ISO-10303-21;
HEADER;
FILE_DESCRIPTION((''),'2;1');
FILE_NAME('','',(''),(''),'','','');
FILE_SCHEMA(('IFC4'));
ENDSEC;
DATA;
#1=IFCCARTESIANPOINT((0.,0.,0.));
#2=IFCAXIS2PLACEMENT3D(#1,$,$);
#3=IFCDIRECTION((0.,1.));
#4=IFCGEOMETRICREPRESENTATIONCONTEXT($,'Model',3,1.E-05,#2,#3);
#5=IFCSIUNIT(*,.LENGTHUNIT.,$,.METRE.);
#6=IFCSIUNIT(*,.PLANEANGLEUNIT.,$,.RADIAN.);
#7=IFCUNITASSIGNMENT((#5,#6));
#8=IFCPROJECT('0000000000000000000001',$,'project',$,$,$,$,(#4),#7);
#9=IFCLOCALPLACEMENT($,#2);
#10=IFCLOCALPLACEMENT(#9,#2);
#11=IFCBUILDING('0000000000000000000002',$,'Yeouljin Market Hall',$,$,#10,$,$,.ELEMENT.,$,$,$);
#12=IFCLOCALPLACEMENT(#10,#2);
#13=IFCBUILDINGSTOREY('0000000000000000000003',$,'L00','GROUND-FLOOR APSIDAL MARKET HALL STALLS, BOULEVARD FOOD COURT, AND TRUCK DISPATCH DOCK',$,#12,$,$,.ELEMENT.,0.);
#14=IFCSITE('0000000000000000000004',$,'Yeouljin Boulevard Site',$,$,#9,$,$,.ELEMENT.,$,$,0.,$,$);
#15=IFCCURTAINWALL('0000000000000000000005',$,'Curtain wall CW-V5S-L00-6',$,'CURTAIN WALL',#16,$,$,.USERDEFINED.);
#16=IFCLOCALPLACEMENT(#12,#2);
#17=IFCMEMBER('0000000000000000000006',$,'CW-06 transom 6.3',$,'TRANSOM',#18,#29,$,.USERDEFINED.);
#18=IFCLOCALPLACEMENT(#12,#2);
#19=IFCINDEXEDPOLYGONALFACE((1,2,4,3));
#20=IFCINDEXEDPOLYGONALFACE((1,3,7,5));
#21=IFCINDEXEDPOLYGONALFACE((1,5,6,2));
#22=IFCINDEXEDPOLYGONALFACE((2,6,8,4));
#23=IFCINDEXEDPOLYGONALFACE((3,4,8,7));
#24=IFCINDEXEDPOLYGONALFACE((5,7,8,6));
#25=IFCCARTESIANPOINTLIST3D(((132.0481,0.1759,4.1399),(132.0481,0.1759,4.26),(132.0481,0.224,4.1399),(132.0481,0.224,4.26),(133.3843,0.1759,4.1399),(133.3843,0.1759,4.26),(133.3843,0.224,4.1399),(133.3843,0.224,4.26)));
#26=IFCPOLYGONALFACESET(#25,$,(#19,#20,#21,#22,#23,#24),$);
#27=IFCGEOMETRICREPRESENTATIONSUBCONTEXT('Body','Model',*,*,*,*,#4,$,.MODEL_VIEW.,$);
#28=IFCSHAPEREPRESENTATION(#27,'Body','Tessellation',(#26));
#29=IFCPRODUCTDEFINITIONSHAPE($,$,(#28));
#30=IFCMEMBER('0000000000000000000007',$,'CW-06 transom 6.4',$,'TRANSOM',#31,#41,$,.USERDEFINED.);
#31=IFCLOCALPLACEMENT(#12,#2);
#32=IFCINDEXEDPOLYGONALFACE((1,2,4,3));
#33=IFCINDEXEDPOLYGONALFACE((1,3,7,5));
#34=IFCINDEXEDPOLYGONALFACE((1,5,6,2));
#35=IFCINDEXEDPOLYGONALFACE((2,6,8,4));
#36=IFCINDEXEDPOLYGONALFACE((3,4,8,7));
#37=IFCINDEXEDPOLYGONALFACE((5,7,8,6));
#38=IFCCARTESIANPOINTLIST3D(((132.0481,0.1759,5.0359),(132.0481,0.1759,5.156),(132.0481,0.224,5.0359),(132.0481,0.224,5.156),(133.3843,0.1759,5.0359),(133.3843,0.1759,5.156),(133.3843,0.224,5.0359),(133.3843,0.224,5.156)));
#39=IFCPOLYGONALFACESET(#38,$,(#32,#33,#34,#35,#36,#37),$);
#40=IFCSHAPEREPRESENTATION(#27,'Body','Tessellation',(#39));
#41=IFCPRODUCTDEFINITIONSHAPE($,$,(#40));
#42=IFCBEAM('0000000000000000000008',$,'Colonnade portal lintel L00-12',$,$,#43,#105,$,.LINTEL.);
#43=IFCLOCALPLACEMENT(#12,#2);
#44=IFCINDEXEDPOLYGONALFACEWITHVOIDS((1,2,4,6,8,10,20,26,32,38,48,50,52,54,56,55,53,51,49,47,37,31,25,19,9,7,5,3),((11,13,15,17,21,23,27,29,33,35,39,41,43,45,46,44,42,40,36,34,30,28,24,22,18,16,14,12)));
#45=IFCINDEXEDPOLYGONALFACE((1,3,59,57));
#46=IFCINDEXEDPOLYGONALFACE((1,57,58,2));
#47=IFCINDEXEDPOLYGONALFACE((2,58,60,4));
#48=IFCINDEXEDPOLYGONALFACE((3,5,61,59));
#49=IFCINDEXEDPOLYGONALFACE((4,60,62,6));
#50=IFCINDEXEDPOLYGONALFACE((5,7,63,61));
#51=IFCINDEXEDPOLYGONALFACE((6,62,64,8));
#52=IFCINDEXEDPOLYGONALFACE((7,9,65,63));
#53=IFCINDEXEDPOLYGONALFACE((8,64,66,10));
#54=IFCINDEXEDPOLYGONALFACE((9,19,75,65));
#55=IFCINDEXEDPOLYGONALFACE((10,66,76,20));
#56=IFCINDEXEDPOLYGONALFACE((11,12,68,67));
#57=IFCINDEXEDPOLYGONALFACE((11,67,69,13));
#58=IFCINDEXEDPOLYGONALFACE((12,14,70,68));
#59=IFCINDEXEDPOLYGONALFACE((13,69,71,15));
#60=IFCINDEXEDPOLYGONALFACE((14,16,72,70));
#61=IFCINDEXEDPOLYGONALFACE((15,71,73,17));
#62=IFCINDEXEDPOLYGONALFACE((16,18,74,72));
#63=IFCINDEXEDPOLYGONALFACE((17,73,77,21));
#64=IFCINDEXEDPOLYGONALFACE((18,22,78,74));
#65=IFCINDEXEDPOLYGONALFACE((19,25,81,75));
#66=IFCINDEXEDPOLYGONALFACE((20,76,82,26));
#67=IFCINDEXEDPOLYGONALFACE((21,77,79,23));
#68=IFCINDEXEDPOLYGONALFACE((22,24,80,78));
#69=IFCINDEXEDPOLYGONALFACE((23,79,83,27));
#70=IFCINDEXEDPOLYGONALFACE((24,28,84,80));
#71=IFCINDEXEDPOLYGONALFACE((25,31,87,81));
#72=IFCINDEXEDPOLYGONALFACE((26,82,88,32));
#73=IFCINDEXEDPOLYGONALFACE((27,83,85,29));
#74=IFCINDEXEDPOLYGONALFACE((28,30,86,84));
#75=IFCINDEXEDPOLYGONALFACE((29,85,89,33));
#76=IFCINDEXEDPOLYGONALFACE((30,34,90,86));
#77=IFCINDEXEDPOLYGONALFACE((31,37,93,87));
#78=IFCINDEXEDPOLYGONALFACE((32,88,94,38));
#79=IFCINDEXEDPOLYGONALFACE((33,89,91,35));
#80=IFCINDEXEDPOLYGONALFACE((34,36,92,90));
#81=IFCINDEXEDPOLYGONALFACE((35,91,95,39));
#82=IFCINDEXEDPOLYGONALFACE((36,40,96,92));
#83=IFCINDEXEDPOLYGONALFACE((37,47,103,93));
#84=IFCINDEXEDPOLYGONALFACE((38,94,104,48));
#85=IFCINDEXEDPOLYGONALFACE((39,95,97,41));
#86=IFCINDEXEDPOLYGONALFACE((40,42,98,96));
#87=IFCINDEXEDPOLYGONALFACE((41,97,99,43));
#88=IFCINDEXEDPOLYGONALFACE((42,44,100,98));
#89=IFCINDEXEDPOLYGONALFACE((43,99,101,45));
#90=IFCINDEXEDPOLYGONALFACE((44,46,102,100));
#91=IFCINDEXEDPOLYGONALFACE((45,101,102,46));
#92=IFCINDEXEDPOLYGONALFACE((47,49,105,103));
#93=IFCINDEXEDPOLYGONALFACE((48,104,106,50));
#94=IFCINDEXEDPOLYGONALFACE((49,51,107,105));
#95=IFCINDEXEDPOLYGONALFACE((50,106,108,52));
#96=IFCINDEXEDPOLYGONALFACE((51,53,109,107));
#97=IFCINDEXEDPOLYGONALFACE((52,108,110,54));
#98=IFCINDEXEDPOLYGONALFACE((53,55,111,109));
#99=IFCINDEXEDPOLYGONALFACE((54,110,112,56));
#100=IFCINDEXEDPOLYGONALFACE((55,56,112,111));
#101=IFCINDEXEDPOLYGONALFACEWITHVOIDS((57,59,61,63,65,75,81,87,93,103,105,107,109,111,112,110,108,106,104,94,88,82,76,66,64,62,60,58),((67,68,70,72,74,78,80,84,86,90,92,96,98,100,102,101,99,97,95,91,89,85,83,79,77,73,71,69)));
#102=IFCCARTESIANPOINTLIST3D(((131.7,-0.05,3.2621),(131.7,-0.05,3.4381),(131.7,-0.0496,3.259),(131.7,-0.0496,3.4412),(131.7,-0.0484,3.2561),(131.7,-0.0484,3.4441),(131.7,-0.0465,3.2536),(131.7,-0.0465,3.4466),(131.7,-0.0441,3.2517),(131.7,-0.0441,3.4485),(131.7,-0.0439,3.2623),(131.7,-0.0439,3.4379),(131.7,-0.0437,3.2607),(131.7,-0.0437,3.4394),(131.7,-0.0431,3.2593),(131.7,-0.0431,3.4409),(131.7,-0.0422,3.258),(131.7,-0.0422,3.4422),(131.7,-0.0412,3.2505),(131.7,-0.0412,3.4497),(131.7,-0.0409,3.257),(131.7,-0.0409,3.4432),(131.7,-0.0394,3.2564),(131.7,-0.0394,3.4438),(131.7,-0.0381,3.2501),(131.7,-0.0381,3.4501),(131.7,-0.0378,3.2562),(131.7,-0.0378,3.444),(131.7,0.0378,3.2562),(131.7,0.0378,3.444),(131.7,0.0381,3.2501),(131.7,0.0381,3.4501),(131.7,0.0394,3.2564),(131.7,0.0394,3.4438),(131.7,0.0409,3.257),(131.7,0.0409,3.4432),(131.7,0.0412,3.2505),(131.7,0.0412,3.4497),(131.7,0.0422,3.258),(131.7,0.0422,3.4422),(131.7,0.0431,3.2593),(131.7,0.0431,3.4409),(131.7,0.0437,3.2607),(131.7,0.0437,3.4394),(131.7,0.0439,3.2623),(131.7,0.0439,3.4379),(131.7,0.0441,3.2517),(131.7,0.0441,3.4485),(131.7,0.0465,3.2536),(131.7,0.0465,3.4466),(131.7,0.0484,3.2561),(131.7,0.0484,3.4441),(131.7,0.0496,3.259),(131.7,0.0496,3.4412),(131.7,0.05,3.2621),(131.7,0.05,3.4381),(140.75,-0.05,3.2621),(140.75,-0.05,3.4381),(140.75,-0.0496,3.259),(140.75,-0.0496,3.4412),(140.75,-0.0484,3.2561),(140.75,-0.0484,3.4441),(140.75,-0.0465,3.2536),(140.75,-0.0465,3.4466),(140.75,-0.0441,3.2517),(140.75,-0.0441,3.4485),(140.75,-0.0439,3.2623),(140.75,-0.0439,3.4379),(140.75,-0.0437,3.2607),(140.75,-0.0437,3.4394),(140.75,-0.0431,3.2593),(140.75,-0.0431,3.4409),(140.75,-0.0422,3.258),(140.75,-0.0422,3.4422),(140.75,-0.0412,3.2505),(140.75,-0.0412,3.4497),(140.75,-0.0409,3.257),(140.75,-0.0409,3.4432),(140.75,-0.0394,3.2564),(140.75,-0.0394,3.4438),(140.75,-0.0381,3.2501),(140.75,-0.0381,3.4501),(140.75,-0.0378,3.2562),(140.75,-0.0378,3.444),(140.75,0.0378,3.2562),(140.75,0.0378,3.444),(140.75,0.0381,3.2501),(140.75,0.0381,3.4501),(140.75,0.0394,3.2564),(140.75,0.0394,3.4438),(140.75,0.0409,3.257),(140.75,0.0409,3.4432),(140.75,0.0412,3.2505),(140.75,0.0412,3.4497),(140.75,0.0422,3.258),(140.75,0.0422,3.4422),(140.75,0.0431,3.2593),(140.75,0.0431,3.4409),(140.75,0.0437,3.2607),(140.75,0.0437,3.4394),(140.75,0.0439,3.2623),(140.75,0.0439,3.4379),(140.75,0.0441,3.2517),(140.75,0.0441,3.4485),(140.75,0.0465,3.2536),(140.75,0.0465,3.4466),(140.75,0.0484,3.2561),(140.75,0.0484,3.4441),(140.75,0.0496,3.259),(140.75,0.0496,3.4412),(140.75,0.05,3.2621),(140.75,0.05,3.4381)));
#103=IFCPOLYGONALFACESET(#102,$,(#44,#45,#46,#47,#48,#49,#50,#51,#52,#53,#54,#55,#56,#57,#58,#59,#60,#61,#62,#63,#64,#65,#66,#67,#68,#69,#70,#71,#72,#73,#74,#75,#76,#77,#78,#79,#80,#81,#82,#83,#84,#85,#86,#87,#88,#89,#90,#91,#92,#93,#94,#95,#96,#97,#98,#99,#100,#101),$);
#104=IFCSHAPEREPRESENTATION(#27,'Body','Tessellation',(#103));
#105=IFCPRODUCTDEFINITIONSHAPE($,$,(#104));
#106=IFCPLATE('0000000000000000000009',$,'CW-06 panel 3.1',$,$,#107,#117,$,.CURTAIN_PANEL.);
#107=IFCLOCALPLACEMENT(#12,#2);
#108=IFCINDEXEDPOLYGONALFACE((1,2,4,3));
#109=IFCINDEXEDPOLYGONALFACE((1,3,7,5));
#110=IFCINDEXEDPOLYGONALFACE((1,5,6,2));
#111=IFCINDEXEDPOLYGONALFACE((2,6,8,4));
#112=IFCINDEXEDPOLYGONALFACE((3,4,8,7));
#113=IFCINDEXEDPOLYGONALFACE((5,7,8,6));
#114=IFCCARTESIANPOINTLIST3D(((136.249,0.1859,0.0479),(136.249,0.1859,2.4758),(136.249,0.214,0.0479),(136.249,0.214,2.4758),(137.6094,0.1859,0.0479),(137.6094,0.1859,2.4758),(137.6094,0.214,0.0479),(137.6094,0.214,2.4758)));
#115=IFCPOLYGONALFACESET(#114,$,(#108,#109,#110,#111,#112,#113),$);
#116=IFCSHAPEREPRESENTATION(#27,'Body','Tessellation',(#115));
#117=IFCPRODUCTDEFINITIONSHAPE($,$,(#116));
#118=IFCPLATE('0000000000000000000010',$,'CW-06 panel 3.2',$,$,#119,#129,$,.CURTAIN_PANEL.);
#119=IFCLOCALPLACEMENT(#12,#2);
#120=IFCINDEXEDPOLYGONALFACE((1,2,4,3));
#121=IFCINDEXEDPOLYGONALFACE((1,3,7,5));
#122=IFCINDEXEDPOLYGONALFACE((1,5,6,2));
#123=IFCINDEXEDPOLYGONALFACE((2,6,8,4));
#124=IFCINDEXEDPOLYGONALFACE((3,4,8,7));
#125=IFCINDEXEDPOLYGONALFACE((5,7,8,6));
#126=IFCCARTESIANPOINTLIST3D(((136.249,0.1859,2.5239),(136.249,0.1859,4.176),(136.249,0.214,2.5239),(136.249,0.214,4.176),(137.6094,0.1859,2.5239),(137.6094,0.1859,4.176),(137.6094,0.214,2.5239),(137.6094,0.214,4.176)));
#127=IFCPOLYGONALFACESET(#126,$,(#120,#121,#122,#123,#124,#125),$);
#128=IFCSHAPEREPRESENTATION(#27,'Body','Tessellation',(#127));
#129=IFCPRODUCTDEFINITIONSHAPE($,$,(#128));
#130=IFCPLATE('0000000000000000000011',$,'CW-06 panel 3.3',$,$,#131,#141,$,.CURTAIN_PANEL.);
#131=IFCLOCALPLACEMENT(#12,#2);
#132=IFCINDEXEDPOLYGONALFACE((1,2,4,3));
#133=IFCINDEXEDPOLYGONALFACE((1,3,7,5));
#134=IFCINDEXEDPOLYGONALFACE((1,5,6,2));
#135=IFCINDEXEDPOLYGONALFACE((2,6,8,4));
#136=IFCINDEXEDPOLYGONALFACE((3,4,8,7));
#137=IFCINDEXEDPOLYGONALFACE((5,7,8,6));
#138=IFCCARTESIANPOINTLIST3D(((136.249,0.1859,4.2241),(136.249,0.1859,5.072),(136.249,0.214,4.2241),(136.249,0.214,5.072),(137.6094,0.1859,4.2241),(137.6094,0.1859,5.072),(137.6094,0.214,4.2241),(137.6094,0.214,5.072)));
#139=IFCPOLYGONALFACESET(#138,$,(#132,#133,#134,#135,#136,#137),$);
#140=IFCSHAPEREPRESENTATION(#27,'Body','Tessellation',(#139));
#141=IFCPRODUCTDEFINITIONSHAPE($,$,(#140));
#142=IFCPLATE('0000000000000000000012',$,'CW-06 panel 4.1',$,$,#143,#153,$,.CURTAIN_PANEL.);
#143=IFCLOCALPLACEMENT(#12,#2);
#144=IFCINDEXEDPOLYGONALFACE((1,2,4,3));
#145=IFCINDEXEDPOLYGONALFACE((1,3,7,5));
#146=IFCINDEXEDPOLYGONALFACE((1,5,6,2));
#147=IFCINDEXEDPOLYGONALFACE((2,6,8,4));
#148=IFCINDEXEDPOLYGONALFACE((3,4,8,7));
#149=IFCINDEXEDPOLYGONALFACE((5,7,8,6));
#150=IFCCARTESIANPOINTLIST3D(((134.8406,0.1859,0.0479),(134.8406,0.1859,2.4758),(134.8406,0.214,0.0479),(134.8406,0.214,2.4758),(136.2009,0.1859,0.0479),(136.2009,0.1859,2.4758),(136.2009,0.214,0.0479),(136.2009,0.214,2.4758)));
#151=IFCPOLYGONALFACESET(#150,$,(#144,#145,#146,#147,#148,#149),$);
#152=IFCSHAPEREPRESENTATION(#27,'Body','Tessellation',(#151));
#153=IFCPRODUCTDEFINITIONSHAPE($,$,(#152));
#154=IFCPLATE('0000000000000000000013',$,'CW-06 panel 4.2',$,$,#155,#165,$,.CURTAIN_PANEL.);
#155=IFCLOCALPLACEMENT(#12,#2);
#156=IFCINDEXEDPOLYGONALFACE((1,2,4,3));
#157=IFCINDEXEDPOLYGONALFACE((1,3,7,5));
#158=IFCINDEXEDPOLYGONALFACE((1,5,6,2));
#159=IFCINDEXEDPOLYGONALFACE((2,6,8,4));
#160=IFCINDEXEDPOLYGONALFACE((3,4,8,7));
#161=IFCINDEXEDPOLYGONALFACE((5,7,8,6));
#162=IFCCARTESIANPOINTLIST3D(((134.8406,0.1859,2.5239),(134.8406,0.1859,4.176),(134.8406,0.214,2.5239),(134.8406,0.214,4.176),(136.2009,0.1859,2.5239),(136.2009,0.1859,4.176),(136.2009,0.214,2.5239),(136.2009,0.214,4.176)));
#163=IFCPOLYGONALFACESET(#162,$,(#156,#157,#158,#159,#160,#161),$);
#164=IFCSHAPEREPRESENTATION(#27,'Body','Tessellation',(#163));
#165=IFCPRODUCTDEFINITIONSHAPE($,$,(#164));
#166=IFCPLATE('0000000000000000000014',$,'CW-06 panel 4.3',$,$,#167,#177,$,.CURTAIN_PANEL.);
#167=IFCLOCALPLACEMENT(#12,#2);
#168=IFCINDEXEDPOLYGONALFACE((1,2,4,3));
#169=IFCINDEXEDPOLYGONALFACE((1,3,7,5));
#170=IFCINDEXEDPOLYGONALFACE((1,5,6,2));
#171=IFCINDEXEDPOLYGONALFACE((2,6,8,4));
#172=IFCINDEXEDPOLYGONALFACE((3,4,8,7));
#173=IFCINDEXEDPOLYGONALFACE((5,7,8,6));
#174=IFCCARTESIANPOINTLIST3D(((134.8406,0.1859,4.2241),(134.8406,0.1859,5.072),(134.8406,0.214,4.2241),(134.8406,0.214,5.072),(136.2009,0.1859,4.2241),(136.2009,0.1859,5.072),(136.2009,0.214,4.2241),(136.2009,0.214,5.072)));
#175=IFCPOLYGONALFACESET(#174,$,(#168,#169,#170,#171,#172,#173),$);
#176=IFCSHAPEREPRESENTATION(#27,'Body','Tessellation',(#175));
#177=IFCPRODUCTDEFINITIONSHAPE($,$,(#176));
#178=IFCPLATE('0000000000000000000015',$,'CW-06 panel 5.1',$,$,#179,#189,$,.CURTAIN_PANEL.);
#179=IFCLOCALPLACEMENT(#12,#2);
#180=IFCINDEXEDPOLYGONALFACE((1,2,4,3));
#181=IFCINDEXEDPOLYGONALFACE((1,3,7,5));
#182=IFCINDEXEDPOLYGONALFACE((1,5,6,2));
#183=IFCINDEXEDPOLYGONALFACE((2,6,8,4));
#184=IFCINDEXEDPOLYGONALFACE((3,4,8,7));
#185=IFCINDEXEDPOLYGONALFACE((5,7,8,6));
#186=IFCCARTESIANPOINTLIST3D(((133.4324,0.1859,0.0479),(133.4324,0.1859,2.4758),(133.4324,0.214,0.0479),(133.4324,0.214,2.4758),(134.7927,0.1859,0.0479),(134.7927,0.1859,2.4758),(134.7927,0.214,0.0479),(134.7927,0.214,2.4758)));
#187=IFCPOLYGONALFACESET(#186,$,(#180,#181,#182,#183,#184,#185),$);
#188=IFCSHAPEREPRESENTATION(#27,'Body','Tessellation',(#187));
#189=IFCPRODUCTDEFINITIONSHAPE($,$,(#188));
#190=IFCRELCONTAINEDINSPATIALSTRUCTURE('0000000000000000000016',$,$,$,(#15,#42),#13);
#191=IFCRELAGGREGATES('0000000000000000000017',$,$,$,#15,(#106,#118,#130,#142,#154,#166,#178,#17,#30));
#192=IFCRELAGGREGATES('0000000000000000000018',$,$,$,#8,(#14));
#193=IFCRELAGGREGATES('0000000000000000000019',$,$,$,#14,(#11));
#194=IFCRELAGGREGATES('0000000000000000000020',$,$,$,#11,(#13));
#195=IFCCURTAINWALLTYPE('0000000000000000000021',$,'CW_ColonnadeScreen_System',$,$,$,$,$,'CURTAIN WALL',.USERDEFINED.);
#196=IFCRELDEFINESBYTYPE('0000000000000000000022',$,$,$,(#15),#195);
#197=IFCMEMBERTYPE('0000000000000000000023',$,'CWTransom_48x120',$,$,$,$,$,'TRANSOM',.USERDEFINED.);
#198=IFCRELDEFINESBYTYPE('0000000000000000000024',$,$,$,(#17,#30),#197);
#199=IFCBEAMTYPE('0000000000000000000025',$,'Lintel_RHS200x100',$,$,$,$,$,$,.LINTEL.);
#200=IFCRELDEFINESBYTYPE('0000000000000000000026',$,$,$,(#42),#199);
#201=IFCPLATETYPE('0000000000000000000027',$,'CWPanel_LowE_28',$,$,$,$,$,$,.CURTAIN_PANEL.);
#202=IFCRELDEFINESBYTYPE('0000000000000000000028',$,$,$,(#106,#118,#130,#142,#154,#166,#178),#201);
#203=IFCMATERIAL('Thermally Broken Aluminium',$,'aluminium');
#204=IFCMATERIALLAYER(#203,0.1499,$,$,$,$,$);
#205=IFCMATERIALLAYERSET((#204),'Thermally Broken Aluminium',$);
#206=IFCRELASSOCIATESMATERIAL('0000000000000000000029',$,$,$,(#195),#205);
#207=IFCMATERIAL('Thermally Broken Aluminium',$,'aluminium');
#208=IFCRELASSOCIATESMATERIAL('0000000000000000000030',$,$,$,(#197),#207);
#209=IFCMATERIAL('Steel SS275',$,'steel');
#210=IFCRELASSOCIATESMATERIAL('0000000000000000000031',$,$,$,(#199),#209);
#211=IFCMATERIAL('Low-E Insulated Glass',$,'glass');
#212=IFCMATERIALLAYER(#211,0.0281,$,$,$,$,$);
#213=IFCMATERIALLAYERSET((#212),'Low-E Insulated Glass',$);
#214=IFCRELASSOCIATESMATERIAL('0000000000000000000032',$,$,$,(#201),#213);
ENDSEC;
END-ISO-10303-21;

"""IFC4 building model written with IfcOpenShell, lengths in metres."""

from ifc_helpers import new_model, si_unit, direction, frame, origin, origin_2d, place, context, subcontext, project, spatial, rectangle, hollow_rectangle, extrude, material, layer, layer_set, material_profile, profile_set, type_object, element, aggregate, save


model = new_model("IFC4")

# Units and contexts
model_context = context("Model", 3, precision=1e-05, world=origin(), true_north=direction((0.0, 1.0)))
body_context = subcontext(model_context, "Body", "Model", "MODEL_VIEW")
ifc_project = project(units=[si_unit("LENGTHUNIT", "METRE"), si_unit("PLANEANGLEUNIT", "RADIAN")], contexts=[model_context])

# Site, building, storey
site_placement = place(None, origin())
site = spatial("IfcSite", under=ifc_project, at=site_placement, Name="Yeouljin Boulevard Site", CompositionType="ELEMENT", RefElevation=0.0)
building_placement = place(site_placement, origin())
building = spatial("IfcBuilding", under=site, at=building_placement, Name="Yeouljin Market Hall", CompositionType="ELEMENT")
storey_placement = place(building_placement, origin())
storey = spatial("IfcBuildingStorey", under=building, at=storey_placement, Name="L00", Description="GROUND-FLOOR APSIDAL MARKET HALL STALLS, BOULEVARD FOOD COURT, AND TRUCK DISPATCH DOCK", CompositionType="ELEMENT", Elevation=0.0)

# Curtain wall, members
ifc_material_1 = material(Name="Thermally Broken Aluminium", Category="aluminium")
ifc_layer_1 = layer(ifc_material_1, 0.1499)
ifc_layer_set_1 = layer_set([ifc_layer_1], Name="Thermally Broken Aluminium")
curtain_wall_type = type_object("IfcCurtainWallType", Name="CW_ColonnadeScreen_System", ElementType="CURTAIN WALL", PredefinedType="USERDEFINED", material=ifc_layer_set_1)
curtain_wall_placement = place(storey_placement, origin())
curtain_wall = element("IfcCurtainWall", 1, at=curtain_wall_placement, inside=storey, type_object=curtain_wall_type, Name="Curtain wall CW-V5S-L00-6", ObjectType="CURTAIN WALL", PredefinedType="USERDEFINED")
ifc_material_2 = material(Name="Thermally Broken Aluminium", Category="aluminium")
ifc_material_profile_1 = material_profile(ifc_material_2, rectangle(XDim=0.0481, YDim=0.1201, at=origin_2d()), Name="CW-TRAN-48x120")
ifc_profile_set_1 = profile_set([ifc_material_profile_1], Name="Thermally Broken Aluminium")
member_type_1 = type_object("IfcMemberType", Name="CWTransom_48x120", ElementType="TRANSOM", PredefinedType="USERDEFINED", material=ifc_profile_set_1)
member_1_placement = place(storey_placement, frame((133.3843, 0.2, 4.2), z_axis=(-1.0, 0.0, 0.0), x_axis=(0.0, -1.0, 0.0)))
member_1 = element("IfcMember", 2, at=member_1_placement, type_object=member_type_1, Name="CW-06 transom 6.3", ObjectType="TRANSOM", PredefinedType="USERDEFINED", context=body_context, shape_type="SweptSolid", body=[
    extrude(rectangle(XDim=0.0481, YDim=0.1201, at=origin_2d()), origin(), (0.0, 0.0, 1.0), 1.3362),
])
member_2_placement = place(storey_placement, frame((133.3843, 0.2, 5.0959), z_axis=(-1.0, 0.0, 0.0), x_axis=(0.0, -1.0, 0.0)))
member_2 = element("IfcMember", 3, at=member_2_placement, type_object=member_type_1, Name="CW-06 transom 6.4", ObjectType="TRANSOM", PredefinedType="USERDEFINED", context=body_context, shape_type="SweptSolid", body=[
    extrude(rectangle(XDim=0.0481, YDim=0.1201, at=origin_2d()), origin(), (0.0, 0.0, 1.0), 1.3362),
])

# Beam
ifc_material_3 = material(Name="Steel SS275", Category="steel")
ifc_material_profile_2 = material_profile(ifc_material_3, hollow_rectangle(XDim=0.1001, YDim=0.2, WallThickness=0.0061, InnerFilletRadius=0.0061, OuterFilletRadius=0.012, at=origin_2d()), Name="RHS-200x100x6")
ifc_profile_set_2 = profile_set([ifc_material_profile_2], Name="Steel SS275")
beam_type = type_object("IfcBeamType", Name="Lintel_RHS200x100", PredefinedType="LINTEL", material=ifc_profile_set_2)
beam_placement = place(storey_placement, frame((131.7, 0.0, 3.3501), z_axis=(1.0, 0.0, 0.0), x_axis=(0.0, 1.0, 0.0)))
element("IfcBeam", 4, at=beam_placement, inside=storey, type_object=beam_type, Name="Colonnade portal lintel L00-12", PredefinedType="LINTEL", context=body_context, shape_type="SweptSolid", body=[
    extrude(hollow_rectangle(XDim=0.1001, YDim=0.2, WallThickness=0.0061, InnerFilletRadius=0.0061, OuterFilletRadius=0.012, at=origin_2d()), origin(), (0.0, 0.0, 1.0), 9.05),
])

# Plates
ifc_material_4 = material(Name="Low-E Insulated Glass", Category="glass")
ifc_layer_2 = layer(ifc_material_4, 0.0281)
ifc_layer_set_2 = layer_set([ifc_layer_2], Name="Low-E Insulated Glass")
plate_type_1 = type_object("IfcPlateType", Name="CWPanel_LowE_28", PredefinedType="CURTAIN_PANEL", material=ifc_layer_set_2)
plate_1_placement = place(storey_placement, frame((136.9292, 0.2, 0.0479), z_axis=(0.0, 0.0, 1.0), x_axis=(-1.0, 0.0, 0.0)))
plate_1 = element("IfcPlate", 5, at=plate_1_placement, type_object=plate_type_1, Name="CW-06 panel 3.1", PredefinedType="CURTAIN_PANEL", context=body_context, shape_type="SweptSolid", body=[
    extrude(rectangle(XDim=1.3604, YDim=0.0281, at=origin_2d()), origin(), (0.0, 0.0, 1.0), 2.428),
])
plate_2_placement = place(storey_placement, frame((136.9292, 0.2, 2.5239), z_axis=(0.0, 0.0, 1.0), x_axis=(-1.0, 0.0, 0.0)))
plate_2 = element("IfcPlate", 6, at=plate_2_placement, type_object=plate_type_1, Name="CW-06 panel 3.2", PredefinedType="CURTAIN_PANEL", context=body_context, shape_type="SweptSolid", body=[
    extrude(rectangle(XDim=1.3604, YDim=0.0281, at=origin_2d()), origin(), (0.0, 0.0, 1.0), 1.6521),
])
plate_3_placement = place(storey_placement, frame((136.9292, 0.2, 4.2241), z_axis=(0.0, 0.0, 1.0), x_axis=(-1.0, 0.0, 0.0)))
plate_3 = element("IfcPlate", 7, at=plate_3_placement, type_object=plate_type_1, Name="CW-06 panel 3.3", PredefinedType="CURTAIN_PANEL", context=body_context, shape_type="SweptSolid", body=[
    extrude(rectangle(XDim=1.3604, YDim=0.0281, at=origin_2d()), origin(), (0.0, 0.0, 1.0), 0.8479),
])
plate_4_placement = place(storey_placement, frame((135.5208, 0.2, 0.0479), z_axis=(0.0, 0.0, 1.0), x_axis=(-1.0, 0.0, 0.0)))
plate_4 = element("IfcPlate", 8, at=plate_4_placement, type_object=plate_type_1, Name="CW-06 panel 4.1", PredefinedType="CURTAIN_PANEL", context=body_context, shape_type="SweptSolid", body=[
    extrude(rectangle(XDim=1.3604, YDim=0.0281, at=origin_2d()), origin(), (0.0, 0.0, 1.0), 2.428),
])
plate_5_placement = place(storey_placement, frame((135.5208, 0.2, 2.5239), z_axis=(0.0, 0.0, 1.0), x_axis=(-1.0, 0.0, 0.0)))
plate_5 = element("IfcPlate", 9, at=plate_5_placement, type_object=plate_type_1, Name="CW-06 panel 4.2", PredefinedType="CURTAIN_PANEL", context=body_context, shape_type="SweptSolid", body=[
    extrude(rectangle(XDim=1.3604, YDim=0.0281, at=origin_2d()), origin(), (0.0, 0.0, 1.0), 1.6521),
])
plate_6_placement = place(storey_placement, frame((135.5208, 0.2, 4.2241), z_axis=(0.0, 0.0, 1.0), x_axis=(-1.0, 0.0, 0.0)))
plate_6 = element("IfcPlate", 10, at=plate_6_placement, type_object=plate_type_1, Name="CW-06 panel 4.3", PredefinedType="CURTAIN_PANEL", context=body_context, shape_type="SweptSolid", body=[
    extrude(rectangle(XDim=1.3604, YDim=0.0281, at=origin_2d()), origin(), (0.0, 0.0, 1.0), 0.8479),
])
plate_7_placement = place(storey_placement, frame((134.1125, 0.2, 0.0479), z_axis=(0.0, 0.0, 1.0), x_axis=(-1.0, 0.0, 0.0)))
plate_7 = element("IfcPlate", 11, at=plate_7_placement, type_object=plate_type_1, Name="CW-06 panel 5.1", PredefinedType="CURTAIN_PANEL", context=body_context, shape_type="SweptSolid", body=[
    extrude(rectangle(XDim=1.3604, YDim=0.0281, at=origin_2d()), origin(), (0.0, 0.0, 1.0), 2.428),
])
aggregate(curtain_wall, [plate_1, plate_2, plate_3, plate_4, plate_5, plate_6, plate_7, member_1, member_2])

save(model, "model.ifc")
